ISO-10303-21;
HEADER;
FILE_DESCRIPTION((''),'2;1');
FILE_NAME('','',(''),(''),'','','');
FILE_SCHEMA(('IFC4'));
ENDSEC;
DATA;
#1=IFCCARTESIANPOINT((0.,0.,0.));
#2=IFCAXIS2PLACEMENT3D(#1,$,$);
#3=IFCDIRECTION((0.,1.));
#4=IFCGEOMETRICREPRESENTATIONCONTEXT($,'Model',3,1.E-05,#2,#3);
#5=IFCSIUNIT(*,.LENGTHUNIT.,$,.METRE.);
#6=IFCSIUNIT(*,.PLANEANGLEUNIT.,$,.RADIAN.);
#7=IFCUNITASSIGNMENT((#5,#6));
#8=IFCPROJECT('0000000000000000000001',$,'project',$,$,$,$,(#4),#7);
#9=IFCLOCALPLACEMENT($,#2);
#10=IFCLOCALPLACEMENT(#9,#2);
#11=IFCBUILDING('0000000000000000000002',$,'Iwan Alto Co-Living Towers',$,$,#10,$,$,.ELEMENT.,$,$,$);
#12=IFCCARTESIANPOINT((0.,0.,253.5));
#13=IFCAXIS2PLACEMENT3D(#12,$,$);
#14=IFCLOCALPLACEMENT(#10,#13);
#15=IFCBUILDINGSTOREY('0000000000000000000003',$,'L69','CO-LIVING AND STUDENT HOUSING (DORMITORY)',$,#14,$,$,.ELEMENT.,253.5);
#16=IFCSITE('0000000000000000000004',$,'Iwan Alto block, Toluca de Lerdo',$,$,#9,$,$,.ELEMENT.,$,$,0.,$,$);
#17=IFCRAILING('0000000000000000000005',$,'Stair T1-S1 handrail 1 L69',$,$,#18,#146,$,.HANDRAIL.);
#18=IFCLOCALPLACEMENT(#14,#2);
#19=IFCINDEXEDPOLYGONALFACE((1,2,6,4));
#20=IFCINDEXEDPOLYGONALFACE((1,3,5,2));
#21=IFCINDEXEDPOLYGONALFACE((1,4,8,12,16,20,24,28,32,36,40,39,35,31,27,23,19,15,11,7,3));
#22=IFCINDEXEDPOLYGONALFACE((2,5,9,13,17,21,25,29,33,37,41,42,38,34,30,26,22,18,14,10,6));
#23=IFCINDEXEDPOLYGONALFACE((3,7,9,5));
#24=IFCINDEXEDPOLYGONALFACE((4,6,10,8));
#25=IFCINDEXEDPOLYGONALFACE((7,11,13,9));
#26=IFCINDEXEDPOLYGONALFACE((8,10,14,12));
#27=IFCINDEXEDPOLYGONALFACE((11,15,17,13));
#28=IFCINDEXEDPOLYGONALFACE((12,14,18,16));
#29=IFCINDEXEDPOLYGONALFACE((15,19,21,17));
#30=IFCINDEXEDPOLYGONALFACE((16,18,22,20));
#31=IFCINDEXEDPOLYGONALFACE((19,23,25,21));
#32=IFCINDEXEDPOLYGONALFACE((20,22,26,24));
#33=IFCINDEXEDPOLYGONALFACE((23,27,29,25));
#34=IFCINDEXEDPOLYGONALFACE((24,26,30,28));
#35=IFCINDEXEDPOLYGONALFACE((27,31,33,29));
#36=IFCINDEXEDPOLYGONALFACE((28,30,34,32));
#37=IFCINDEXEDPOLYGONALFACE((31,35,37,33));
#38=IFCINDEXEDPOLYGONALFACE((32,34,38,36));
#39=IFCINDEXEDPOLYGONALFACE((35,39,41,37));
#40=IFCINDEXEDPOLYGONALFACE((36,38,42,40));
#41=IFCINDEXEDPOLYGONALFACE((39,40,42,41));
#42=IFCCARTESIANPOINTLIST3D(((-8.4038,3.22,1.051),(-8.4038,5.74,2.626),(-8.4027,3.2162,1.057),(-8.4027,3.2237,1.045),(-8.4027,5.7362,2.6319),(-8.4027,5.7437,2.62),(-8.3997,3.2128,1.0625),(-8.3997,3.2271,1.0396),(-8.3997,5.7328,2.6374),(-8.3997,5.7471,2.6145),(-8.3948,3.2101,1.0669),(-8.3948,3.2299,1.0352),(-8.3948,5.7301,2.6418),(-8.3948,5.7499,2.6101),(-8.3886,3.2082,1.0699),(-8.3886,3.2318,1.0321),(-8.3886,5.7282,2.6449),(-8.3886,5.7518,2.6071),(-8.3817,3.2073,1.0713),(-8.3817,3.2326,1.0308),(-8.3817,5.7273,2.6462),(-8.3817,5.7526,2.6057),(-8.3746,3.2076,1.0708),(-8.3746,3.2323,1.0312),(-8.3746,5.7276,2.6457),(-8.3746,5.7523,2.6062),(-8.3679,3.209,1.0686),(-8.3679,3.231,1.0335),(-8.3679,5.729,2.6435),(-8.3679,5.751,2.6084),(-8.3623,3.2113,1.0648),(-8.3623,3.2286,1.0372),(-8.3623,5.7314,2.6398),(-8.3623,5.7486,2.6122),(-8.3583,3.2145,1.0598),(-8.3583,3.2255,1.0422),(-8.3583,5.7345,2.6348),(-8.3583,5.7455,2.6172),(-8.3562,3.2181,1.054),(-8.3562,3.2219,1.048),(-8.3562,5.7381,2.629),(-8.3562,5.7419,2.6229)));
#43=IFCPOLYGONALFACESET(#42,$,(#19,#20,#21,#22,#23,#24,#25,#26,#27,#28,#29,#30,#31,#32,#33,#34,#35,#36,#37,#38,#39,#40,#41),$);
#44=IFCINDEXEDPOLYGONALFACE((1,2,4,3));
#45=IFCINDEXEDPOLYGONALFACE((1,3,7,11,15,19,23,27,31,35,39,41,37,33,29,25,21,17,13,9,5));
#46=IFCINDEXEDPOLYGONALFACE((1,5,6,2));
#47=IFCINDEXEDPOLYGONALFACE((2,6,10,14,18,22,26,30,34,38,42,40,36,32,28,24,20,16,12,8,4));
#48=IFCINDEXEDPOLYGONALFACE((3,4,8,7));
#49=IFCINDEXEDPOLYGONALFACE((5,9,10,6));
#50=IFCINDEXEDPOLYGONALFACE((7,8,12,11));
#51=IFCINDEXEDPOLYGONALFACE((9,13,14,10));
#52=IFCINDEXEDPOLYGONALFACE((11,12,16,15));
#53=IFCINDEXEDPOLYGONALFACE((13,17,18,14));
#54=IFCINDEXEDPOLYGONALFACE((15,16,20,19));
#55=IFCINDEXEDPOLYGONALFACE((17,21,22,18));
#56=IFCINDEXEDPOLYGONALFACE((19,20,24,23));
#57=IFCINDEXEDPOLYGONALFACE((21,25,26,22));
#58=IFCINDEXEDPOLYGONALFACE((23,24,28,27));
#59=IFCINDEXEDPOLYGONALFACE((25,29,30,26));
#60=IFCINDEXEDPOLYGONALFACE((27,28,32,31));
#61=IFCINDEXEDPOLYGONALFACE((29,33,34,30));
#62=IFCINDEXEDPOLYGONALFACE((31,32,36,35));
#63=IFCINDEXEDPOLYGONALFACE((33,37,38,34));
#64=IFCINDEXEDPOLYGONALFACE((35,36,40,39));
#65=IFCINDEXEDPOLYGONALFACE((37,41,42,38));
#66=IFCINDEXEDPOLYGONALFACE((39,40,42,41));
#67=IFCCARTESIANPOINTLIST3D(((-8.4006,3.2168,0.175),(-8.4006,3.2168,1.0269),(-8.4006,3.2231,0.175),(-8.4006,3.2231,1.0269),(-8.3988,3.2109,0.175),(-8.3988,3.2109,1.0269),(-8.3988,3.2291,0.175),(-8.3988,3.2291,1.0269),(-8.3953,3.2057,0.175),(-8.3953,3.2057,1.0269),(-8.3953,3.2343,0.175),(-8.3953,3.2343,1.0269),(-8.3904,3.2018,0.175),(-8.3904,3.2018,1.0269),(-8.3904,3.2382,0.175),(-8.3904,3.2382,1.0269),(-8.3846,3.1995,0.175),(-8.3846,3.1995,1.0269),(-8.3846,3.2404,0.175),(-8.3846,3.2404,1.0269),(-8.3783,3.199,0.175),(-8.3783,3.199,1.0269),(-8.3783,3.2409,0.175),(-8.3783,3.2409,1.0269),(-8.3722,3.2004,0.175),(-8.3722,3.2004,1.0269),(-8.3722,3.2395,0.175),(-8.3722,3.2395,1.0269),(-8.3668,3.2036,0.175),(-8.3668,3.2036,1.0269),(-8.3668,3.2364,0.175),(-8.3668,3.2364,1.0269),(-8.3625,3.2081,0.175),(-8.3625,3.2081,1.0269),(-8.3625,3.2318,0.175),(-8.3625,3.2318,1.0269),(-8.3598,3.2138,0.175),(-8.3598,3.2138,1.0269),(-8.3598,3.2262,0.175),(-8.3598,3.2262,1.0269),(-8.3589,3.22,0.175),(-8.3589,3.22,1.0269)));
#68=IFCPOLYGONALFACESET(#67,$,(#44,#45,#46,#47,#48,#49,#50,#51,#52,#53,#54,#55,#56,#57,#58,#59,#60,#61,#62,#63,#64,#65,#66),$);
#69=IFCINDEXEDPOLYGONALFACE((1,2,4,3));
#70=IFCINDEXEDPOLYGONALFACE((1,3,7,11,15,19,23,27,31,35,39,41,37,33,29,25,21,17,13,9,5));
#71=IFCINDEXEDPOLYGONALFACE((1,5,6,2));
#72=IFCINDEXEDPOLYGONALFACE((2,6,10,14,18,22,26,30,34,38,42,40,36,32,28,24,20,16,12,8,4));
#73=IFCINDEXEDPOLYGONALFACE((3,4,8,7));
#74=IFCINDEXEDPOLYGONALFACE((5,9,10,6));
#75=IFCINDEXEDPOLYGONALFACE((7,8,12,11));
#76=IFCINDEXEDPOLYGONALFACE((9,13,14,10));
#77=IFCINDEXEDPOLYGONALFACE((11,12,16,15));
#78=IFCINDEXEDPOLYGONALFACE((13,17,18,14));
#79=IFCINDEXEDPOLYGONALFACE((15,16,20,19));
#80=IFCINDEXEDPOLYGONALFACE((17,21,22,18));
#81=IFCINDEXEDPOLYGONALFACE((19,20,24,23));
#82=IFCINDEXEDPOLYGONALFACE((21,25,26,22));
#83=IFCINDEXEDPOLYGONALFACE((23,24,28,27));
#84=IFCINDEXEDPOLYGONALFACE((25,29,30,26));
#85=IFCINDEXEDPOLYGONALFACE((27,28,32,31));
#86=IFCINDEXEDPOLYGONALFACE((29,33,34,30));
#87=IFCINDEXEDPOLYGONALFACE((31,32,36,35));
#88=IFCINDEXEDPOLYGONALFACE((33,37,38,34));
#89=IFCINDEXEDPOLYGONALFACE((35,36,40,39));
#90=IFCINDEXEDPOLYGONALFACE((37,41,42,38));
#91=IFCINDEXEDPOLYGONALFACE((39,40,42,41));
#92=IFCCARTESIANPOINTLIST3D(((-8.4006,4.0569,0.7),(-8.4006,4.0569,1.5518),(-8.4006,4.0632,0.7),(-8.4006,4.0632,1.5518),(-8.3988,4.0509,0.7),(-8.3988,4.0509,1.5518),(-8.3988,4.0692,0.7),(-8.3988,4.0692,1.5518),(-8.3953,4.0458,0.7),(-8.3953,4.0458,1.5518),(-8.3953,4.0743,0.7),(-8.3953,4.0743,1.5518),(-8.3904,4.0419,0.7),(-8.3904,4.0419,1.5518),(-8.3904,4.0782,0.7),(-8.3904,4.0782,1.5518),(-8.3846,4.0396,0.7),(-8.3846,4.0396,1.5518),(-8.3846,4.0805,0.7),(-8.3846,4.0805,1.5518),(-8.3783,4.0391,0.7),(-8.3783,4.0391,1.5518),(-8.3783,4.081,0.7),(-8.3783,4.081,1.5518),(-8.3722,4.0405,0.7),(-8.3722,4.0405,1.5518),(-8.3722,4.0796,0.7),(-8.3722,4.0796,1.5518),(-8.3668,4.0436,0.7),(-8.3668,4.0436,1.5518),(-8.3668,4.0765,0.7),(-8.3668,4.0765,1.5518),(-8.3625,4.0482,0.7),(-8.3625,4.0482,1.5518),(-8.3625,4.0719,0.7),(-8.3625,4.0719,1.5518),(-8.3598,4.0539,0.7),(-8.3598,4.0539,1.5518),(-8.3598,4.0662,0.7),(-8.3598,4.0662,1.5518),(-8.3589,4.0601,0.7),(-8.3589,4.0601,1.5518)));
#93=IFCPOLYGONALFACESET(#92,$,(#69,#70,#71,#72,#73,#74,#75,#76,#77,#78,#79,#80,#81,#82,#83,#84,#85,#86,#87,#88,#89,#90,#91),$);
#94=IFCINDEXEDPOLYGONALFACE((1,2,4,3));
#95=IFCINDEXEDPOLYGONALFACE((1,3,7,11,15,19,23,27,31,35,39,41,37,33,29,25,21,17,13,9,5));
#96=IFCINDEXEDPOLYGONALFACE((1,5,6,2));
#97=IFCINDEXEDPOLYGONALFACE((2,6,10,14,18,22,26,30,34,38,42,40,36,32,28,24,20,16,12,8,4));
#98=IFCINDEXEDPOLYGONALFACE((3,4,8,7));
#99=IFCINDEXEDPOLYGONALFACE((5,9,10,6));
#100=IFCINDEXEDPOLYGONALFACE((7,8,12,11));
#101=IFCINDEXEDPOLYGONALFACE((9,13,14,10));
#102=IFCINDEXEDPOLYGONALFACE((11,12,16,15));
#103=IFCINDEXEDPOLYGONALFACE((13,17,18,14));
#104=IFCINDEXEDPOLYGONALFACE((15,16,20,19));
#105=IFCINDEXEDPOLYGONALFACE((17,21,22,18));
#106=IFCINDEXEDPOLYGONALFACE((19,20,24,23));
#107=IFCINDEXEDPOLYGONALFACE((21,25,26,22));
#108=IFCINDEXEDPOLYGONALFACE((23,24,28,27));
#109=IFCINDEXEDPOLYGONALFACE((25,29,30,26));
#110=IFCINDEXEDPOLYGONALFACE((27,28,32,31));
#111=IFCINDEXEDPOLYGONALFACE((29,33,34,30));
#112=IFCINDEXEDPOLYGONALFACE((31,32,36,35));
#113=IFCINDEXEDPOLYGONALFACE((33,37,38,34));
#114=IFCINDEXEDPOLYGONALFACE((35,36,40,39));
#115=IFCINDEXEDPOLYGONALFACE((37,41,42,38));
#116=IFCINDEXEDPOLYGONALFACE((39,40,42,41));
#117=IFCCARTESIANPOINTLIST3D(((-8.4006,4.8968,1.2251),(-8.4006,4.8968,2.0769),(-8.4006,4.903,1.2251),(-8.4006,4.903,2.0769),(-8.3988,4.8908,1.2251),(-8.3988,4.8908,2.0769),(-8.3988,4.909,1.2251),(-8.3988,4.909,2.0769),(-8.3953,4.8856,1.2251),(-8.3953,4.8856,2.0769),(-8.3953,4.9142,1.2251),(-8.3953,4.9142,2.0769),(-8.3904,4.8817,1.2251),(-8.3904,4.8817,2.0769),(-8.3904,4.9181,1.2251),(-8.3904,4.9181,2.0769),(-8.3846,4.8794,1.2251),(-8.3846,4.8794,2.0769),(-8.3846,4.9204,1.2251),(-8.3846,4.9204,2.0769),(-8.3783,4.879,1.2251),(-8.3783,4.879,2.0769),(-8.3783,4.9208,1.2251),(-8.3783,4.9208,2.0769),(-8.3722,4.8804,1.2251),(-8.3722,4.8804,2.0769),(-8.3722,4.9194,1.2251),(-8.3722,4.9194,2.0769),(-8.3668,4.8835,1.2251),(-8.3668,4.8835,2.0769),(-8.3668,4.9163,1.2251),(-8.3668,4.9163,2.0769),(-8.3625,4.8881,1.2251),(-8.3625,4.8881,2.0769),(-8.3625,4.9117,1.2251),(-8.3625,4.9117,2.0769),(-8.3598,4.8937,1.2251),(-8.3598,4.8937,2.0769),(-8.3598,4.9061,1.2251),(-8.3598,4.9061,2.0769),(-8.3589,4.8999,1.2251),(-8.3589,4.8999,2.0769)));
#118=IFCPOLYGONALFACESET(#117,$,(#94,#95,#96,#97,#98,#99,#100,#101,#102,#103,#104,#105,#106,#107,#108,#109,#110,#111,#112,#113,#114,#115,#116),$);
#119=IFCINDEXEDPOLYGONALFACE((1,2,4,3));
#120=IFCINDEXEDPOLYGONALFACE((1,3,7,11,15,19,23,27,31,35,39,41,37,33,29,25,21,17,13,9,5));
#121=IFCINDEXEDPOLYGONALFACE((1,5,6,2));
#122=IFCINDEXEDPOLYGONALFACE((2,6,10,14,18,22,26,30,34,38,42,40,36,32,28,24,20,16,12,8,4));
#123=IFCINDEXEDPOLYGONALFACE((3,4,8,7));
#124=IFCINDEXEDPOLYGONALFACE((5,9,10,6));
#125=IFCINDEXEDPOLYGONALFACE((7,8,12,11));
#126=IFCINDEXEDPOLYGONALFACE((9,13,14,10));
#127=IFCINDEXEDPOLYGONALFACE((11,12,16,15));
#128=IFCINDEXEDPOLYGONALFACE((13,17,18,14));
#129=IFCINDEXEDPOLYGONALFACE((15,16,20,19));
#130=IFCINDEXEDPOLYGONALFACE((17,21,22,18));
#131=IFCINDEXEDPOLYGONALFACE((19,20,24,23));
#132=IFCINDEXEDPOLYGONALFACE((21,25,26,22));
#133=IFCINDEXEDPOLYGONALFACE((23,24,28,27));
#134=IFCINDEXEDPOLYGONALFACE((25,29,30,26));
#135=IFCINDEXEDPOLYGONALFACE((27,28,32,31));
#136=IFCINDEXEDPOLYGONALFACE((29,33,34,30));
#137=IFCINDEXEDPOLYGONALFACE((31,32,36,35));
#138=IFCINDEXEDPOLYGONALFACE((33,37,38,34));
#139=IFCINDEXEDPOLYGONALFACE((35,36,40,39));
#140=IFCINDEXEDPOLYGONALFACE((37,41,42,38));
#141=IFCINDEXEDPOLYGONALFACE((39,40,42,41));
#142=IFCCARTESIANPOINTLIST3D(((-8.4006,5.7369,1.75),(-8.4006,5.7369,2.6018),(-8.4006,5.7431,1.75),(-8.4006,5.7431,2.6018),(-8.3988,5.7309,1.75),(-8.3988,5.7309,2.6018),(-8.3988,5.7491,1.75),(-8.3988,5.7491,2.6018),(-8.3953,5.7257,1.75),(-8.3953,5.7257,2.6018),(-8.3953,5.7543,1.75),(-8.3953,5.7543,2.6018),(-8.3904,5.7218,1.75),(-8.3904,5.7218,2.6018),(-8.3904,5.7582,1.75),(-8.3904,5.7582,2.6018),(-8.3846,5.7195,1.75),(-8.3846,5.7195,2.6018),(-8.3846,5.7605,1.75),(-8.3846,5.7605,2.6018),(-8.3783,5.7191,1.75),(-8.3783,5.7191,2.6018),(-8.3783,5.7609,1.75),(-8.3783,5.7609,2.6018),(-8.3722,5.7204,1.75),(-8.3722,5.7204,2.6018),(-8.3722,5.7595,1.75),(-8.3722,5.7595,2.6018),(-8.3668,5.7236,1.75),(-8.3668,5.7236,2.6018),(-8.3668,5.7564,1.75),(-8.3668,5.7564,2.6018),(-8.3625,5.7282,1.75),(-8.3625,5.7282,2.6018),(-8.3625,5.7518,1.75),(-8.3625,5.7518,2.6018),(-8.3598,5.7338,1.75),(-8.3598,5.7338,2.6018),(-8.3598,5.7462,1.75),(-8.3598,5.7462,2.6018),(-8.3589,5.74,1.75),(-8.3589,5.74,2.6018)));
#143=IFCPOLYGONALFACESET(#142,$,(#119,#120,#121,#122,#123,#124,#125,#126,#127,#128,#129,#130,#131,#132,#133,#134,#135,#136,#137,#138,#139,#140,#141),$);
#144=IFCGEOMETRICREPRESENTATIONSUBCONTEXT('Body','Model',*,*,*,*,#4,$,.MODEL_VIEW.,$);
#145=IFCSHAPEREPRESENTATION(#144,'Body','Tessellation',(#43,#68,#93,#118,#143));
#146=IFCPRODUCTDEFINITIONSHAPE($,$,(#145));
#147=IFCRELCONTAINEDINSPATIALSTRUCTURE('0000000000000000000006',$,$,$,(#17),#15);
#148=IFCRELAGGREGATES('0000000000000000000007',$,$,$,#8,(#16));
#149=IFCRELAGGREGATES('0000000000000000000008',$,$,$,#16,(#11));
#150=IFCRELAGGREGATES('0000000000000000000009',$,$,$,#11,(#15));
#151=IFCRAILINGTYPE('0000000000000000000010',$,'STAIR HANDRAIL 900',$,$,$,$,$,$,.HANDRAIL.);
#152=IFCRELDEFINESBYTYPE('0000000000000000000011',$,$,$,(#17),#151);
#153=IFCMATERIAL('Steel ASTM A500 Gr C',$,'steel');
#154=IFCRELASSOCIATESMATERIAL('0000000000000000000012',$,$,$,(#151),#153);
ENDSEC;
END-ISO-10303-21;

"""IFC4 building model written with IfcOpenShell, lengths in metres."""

from ifc_helpers import new_model, si_unit, direction, frame, origin, origin_2d, place, context, subcontext, project, spatial, circle, extrude, material, type_object, element, save


model = new_model("IFC4")

# Units and contexts
model_context = context("Model", 3, precision=1e-05, world=origin(), true_north=direction((0.0, 1.0)))
body_context = subcontext(model_context, "Body", "Model", "MODEL_VIEW")
ifc_project = project(units=[si_unit("LENGTHUNIT", "METRE"), si_unit("PLANEANGLEUNIT", "RADIAN")], contexts=[model_context])

# Site, building, storey
site_placement = place(None, origin())
site = spatial("IfcSite", under=ifc_project, at=site_placement, Name="Iwan Alto block, Toluca de Lerdo", CompositionType="ELEMENT", RefElevation=0.0)
building_placement = place(site_placement, origin())
building = spatial("IfcBuilding", under=site, at=building_placement, Name="Iwan Alto Co-Living Towers", CompositionType="ELEMENT")
storey_placement = place(building_placement, frame((0.0, 0.0, 253.5)))
storey = spatial("IfcBuildingStorey", under=building, at=storey_placement, Name="L69", Description="CO-LIVING AND STUDENT HOUSING (DORMITORY)", CompositionType="ELEMENT", Elevation=253.5)

# Railing
ifc_material_1 = material(Name="Steel ASTM A500 Gr C", Category="steel")
railing_type_1 = type_object("IfcRailingType", Name="STAIR HANDRAIL 900", PredefinedType="HANDRAIL", material=ifc_material_1)
railing_1_placement = place(storey_placement, frame((-8.3799, 3.22, 0.175)))
element("IfcRailing", 1, at=railing_1_placement, inside=storey, type_object=railing_type_1, Name="Stair T1-S1 handrail 1 L69", PredefinedType="HANDRAIL", context=body_context, shape_type="SweptSolid", body=[
    extrude(circle(Radius=0.0239, at=origin_2d()), frame((0.0, 0.0, 0.876), z_axis=(0.0, 0.848008, 0.529984), x_axis=(-1.0, 0.0, 0.0)), (0.0, 0.0, 1.0), 2.9717),
    extrude(circle(Radius=0.021, at=origin_2d()), origin(), (0.0, 0.0, 1.0), 0.8518),
    extrude(circle(Radius=0.021, at=origin_2d()), frame((0.0, 0.8401, 0.5249)), (0.0, 0.0, 1.0), 0.8518),
    extrude(circle(Radius=0.021, at=origin_2d()), frame((0.0, 1.6799, 1.05)), (0.0, 0.0, 1.0), 0.8518),
    extrude(circle(Radius=0.021, at=origin_2d()), frame((0.0, 2.52, 1.575)), (0.0, 0.0, 1.0), 0.8518),
])

save(model, "model.ifc")
